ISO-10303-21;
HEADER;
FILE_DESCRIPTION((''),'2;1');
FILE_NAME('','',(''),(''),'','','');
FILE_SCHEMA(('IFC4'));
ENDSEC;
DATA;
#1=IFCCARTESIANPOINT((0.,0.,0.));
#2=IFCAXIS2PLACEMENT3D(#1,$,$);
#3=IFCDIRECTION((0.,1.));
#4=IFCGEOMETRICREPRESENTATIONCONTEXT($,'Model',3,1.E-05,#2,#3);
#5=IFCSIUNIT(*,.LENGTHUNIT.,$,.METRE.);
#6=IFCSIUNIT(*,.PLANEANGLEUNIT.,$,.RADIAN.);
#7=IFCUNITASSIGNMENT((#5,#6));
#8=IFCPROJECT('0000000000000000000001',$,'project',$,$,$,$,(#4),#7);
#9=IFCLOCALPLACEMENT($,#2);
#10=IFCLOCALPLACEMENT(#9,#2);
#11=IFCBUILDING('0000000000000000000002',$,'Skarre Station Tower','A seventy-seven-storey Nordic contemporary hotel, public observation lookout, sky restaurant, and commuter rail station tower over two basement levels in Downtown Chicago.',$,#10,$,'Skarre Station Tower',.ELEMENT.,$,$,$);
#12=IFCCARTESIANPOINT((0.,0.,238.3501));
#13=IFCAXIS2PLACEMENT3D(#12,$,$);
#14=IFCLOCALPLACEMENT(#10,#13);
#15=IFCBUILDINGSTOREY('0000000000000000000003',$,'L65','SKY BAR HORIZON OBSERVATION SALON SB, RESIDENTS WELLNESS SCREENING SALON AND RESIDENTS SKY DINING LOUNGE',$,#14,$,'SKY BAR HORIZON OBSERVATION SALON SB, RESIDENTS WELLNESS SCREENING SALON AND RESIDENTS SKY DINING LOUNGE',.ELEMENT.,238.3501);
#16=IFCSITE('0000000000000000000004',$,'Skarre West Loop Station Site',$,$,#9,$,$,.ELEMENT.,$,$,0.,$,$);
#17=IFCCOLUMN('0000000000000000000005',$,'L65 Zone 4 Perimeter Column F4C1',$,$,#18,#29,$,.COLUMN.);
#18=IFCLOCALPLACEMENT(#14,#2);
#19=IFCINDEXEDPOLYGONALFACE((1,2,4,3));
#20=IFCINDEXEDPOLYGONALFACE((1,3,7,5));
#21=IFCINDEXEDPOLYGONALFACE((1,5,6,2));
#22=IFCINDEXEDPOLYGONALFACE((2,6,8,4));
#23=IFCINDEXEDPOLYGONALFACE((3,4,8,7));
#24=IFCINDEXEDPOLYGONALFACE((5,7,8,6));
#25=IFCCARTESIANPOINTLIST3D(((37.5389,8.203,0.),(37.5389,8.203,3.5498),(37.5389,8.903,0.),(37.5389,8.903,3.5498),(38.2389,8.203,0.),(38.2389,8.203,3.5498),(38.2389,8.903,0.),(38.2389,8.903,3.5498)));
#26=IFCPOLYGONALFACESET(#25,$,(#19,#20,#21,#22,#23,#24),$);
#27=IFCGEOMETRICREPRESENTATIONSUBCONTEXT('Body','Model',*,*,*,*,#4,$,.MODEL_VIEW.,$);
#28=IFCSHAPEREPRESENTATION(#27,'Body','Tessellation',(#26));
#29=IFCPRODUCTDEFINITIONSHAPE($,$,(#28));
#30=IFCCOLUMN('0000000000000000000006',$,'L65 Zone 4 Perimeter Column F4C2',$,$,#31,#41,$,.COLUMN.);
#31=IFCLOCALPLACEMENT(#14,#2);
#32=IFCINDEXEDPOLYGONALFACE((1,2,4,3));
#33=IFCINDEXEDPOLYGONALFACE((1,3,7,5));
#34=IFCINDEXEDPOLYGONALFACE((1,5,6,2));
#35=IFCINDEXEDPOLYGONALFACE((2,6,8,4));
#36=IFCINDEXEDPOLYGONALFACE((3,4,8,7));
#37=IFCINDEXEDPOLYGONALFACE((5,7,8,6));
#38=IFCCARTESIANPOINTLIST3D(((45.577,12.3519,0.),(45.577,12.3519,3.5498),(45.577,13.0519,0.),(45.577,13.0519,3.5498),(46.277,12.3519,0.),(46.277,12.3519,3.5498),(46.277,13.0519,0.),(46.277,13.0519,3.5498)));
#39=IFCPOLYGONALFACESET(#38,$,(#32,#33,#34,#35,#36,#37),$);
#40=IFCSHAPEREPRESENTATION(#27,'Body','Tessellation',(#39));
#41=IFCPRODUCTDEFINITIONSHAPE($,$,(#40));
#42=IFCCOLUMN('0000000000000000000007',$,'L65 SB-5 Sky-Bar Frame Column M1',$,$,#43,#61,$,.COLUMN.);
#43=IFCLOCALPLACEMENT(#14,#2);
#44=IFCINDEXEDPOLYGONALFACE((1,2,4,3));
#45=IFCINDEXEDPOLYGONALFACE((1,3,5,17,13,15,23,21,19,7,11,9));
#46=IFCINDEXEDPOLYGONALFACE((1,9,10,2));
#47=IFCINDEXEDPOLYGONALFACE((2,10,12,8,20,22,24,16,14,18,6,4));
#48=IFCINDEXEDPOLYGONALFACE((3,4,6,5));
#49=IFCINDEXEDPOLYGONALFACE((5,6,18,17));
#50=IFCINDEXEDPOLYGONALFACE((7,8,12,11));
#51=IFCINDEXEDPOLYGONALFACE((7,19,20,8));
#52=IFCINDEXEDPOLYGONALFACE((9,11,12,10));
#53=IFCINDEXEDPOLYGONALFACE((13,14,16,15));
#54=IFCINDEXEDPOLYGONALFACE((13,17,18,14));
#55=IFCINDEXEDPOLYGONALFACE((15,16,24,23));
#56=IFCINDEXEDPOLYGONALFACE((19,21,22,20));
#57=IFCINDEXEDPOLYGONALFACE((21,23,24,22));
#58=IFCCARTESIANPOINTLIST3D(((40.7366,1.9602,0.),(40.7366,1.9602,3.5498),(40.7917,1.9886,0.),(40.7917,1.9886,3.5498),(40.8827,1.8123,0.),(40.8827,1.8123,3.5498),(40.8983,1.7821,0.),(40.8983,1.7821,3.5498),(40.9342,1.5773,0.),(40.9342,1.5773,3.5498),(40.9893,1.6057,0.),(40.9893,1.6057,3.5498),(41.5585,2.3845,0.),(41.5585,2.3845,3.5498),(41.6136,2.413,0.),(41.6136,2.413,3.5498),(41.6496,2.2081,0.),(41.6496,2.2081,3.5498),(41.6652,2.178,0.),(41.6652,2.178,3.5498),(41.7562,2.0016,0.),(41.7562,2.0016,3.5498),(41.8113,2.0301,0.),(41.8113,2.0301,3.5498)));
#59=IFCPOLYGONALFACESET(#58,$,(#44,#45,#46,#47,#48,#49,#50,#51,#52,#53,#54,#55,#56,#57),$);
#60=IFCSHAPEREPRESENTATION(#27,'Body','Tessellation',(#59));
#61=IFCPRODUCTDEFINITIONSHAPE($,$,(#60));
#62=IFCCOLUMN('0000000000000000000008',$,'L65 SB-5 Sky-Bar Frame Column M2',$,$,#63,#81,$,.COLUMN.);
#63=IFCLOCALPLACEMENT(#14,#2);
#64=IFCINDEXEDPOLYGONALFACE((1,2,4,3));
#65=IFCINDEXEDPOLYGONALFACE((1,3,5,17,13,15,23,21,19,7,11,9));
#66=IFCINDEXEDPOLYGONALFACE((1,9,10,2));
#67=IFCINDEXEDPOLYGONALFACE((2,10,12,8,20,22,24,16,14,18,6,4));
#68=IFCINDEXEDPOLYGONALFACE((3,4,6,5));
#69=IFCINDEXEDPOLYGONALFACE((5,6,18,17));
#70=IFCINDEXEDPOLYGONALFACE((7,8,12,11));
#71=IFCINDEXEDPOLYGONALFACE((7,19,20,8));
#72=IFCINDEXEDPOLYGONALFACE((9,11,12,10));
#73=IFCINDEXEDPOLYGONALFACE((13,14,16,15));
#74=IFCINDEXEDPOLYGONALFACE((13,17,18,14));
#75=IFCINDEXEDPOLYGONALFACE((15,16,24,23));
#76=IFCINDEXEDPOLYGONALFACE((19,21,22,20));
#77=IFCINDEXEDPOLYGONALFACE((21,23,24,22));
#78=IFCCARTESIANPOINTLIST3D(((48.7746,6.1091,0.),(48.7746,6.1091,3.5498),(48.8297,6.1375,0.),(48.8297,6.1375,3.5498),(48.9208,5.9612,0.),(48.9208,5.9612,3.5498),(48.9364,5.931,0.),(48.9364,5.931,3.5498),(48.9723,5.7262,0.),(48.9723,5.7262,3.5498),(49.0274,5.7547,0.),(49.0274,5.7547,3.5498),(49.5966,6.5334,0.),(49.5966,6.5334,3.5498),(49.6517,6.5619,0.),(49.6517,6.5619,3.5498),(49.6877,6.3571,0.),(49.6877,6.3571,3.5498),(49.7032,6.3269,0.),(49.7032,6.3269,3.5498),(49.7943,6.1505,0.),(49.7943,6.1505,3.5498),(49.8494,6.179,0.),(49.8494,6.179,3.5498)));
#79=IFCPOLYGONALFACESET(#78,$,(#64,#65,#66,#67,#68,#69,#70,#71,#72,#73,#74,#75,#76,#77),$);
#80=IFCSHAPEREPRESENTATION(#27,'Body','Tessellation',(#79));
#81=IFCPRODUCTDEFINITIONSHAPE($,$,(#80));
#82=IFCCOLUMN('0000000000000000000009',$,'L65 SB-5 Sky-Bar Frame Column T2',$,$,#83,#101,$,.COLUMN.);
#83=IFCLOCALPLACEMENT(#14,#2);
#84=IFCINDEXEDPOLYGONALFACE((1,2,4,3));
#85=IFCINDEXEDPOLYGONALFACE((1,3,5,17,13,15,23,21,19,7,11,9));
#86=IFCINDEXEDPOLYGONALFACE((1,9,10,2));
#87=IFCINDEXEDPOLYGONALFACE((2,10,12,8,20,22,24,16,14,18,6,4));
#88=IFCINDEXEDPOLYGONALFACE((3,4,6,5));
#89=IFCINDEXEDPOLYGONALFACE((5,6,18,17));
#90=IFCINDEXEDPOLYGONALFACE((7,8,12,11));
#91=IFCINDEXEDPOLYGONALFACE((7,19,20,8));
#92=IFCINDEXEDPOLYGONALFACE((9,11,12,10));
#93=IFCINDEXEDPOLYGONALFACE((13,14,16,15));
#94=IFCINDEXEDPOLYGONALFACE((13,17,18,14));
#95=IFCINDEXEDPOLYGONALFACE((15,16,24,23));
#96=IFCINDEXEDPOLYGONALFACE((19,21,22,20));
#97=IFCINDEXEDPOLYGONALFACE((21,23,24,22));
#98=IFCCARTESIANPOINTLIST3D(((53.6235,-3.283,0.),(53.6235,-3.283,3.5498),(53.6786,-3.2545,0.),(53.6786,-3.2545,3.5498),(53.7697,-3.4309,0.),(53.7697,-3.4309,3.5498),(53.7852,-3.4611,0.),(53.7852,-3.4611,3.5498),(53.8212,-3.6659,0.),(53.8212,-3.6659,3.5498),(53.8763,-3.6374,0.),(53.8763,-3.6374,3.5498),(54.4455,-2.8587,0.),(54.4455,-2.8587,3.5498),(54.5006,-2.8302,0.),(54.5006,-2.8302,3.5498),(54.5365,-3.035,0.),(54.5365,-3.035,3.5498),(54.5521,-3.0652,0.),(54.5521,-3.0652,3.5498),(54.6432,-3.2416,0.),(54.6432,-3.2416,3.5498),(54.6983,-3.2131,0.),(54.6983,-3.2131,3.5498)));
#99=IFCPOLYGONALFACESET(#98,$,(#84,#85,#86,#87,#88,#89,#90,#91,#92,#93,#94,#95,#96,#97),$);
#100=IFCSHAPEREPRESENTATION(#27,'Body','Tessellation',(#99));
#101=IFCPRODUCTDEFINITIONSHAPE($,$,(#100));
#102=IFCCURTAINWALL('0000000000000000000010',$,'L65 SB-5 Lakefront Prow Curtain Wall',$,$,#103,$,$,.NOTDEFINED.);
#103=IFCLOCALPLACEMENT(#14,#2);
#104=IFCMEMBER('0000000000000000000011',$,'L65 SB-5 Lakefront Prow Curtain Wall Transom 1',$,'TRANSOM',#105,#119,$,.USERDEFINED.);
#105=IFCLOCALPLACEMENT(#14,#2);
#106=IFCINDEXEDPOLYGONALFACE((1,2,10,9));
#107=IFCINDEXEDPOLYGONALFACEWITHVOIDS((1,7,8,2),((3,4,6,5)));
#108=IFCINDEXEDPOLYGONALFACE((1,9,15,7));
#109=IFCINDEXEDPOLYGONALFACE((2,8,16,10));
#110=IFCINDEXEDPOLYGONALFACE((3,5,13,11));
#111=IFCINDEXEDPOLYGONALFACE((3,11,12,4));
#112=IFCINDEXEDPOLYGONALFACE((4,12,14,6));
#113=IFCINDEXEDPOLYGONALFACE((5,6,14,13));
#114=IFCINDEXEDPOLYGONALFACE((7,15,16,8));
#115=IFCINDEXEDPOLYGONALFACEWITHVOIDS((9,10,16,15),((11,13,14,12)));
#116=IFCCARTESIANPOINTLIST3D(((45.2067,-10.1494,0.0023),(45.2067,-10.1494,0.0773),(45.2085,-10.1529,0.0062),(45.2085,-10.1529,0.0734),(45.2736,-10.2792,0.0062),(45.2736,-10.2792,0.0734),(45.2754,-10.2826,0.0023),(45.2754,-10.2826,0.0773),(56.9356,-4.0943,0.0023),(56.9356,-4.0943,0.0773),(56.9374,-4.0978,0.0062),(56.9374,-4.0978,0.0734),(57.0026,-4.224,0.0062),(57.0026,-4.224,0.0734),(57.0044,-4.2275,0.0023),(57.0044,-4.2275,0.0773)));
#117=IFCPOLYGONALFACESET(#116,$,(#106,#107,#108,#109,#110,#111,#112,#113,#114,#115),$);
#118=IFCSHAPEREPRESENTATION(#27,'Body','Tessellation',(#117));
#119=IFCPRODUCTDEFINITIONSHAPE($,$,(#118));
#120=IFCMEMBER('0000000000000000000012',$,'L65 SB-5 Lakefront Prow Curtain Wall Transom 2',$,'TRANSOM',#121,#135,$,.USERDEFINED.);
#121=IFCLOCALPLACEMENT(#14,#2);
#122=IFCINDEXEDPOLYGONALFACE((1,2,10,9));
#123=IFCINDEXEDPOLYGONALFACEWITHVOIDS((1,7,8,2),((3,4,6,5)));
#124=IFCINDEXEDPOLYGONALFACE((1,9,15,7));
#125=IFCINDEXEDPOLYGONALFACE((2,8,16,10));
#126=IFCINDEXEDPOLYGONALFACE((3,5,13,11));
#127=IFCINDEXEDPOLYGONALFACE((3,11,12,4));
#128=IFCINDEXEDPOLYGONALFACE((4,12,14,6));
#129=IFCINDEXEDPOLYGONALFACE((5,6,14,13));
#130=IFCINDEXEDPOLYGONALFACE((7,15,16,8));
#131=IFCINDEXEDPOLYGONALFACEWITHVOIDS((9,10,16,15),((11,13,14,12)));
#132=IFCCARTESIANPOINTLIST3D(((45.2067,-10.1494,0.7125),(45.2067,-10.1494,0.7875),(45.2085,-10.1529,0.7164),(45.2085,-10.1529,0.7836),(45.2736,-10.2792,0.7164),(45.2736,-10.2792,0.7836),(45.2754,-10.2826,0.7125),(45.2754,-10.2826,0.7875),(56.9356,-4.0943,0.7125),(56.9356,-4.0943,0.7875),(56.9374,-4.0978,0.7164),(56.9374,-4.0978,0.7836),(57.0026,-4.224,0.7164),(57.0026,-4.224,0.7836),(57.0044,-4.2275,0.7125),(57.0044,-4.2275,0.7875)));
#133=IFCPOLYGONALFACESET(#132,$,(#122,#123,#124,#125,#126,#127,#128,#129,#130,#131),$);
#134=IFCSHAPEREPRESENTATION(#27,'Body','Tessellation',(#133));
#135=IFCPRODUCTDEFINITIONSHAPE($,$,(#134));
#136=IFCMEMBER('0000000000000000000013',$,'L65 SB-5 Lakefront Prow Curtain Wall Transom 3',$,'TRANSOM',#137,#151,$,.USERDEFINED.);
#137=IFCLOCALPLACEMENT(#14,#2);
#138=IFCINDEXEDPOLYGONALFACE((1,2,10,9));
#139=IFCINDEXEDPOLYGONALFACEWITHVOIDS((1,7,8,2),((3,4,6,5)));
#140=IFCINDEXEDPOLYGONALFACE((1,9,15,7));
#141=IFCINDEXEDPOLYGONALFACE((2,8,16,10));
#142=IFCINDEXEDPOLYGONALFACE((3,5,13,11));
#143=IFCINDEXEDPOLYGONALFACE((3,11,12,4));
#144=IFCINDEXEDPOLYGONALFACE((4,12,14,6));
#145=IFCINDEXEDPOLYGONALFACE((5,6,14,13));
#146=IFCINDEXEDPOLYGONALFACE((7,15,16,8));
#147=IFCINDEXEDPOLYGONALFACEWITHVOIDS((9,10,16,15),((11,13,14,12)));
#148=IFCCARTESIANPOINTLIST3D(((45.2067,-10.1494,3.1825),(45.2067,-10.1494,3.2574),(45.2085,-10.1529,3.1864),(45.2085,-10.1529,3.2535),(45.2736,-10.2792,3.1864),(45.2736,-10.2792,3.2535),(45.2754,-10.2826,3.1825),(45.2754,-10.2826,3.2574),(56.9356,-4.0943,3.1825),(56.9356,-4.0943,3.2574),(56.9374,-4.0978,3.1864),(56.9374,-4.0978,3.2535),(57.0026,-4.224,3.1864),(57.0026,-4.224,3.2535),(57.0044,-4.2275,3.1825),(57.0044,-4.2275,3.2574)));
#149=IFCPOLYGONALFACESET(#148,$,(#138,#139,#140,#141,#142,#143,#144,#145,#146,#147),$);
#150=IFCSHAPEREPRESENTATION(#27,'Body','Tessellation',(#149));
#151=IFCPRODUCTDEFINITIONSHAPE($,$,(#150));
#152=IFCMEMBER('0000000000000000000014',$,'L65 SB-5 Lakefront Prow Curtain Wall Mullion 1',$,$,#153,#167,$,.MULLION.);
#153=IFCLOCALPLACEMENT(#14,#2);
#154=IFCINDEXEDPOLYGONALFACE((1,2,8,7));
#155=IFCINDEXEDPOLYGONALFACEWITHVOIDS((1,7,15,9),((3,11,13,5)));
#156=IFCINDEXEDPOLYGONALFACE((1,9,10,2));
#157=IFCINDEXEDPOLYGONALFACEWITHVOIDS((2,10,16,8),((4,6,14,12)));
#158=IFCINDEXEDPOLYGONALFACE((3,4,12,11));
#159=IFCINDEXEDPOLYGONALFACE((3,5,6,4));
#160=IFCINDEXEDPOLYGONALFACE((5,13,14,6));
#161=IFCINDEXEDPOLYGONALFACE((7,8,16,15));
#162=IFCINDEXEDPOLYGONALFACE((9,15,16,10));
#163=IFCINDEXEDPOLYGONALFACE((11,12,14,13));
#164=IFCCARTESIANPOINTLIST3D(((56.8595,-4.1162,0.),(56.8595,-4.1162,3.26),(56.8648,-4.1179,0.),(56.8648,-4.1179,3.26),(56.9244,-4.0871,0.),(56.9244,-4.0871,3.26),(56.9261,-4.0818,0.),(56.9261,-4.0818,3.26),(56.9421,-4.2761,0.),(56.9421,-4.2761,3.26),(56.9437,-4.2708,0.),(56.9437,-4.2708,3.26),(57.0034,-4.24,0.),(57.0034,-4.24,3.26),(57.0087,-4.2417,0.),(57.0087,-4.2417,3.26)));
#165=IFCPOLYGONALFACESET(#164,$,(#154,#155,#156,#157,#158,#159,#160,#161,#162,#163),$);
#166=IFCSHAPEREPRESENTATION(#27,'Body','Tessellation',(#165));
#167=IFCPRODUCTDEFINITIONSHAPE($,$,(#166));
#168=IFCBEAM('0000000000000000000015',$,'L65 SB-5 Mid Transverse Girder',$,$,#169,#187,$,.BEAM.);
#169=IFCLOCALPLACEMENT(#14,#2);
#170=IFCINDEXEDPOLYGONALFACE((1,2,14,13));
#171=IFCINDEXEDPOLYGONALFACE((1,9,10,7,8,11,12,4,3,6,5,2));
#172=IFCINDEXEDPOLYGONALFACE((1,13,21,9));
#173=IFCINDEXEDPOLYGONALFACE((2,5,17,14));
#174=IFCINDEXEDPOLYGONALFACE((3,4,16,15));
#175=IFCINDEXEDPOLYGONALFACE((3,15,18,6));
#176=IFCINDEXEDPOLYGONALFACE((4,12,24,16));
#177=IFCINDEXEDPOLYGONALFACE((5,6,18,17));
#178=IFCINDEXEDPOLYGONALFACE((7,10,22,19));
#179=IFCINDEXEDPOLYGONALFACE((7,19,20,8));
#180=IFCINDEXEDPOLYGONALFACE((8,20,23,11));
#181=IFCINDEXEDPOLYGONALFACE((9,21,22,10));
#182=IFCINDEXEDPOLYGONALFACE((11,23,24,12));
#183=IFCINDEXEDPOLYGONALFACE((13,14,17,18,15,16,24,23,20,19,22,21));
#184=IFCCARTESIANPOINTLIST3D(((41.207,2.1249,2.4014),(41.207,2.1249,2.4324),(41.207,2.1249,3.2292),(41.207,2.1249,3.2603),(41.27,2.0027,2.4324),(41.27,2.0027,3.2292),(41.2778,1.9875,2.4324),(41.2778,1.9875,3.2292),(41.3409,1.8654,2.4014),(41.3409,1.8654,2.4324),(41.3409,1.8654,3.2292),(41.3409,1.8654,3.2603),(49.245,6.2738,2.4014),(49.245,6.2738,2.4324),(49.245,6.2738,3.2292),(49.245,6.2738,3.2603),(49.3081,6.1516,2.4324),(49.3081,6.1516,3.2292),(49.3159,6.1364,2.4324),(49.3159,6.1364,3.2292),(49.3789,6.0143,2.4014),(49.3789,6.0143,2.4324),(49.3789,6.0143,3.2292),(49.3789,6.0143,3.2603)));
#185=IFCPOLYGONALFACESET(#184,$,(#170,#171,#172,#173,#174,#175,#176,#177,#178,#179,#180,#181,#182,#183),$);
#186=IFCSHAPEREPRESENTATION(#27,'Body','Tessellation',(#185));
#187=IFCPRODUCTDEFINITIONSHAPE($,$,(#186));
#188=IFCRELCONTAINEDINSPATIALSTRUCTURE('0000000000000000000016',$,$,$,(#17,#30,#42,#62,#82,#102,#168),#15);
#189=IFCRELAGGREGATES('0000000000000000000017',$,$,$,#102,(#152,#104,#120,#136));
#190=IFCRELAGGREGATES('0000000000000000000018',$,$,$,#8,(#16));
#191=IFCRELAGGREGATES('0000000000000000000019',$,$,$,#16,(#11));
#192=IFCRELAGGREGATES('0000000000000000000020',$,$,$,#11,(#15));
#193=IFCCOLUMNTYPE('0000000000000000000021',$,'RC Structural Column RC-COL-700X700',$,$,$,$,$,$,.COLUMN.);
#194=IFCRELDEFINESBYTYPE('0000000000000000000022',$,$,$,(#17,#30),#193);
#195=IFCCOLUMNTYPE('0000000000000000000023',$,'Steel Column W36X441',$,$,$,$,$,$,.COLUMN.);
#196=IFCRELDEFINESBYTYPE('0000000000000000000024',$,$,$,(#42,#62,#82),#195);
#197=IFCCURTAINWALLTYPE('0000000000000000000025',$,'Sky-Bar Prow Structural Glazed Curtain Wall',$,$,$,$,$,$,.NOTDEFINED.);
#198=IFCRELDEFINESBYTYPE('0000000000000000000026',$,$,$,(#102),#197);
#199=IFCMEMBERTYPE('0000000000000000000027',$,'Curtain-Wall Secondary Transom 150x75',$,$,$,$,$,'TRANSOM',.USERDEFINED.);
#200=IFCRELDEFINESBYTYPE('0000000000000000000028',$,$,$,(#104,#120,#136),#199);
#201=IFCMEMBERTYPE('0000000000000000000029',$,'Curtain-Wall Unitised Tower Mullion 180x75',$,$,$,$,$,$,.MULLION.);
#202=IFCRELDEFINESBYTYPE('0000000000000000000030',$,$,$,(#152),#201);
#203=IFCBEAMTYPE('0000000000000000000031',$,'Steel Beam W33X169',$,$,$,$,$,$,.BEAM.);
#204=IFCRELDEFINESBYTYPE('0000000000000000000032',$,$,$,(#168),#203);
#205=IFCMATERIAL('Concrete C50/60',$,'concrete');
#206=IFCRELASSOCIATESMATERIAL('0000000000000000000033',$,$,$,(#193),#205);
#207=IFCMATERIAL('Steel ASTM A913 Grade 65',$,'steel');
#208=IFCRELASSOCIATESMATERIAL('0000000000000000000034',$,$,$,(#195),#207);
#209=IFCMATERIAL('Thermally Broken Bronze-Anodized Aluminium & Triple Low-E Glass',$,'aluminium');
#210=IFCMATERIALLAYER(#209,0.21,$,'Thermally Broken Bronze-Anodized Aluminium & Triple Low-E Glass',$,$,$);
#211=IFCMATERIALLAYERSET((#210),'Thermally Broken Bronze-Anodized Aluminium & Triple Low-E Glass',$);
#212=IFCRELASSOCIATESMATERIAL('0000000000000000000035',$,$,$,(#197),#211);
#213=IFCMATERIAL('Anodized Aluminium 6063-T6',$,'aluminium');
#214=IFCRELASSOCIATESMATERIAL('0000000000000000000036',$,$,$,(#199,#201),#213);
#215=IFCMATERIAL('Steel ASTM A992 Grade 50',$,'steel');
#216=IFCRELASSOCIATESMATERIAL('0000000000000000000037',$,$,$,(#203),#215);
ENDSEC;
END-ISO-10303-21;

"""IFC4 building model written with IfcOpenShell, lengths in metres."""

from ifc_helpers import new_model, si_unit, direction, frame, origin, origin_2d, place, context, subcontext, project, spatial, rectangle, hollow_rectangle, i_section, extrude, material, layer, layer_set, material_profile, profile_set, type_object, element, aggregate, save


model = new_model("IFC4")

# Units and contexts
model_context = context("Model", 3, precision=1e-05, world=origin(), true_north=direction((0.0, 1.0)))
body_context = subcontext(model_context, "Body", "Model", "MODEL_VIEW")
ifc_project = project(units=[si_unit("LENGTHUNIT", "METRE"), si_unit("PLANEANGLEUNIT", "RADIAN")], contexts=[model_context])

# Site, building, storey
site_placement = place(None, origin())
site = spatial("IfcSite", under=ifc_project, at=site_placement, Name="Skarre West Loop Station Site", CompositionType="ELEMENT", RefElevation=0.0)
building_placement = place(site_placement, origin())
building = spatial("IfcBuilding", under=site, at=building_placement, Name="Skarre Station Tower", Description="A seventy-seven-storey Nordic contemporary hotel, public observation lookout, sky restaurant, and commuter rail station tower over two basement levels in Downtown Chicago.", LongName="Skarre Station Tower", CompositionType="ELEMENT")
storey_placement = place(building_placement, frame((0.0, 0.0, 238.3501)))
storey = spatial("IfcBuildingStorey", under=building, at=storey_placement, Name="L65", Description="SKY BAR HORIZON OBSERVATION SALON SB, RESIDENTS WELLNESS SCREENING SALON AND RESIDENTS SKY DINING LOUNGE", LongName="SKY BAR HORIZON OBSERVATION SALON SB, RESIDENTS WELLNESS SCREENING SALON AND RESIDENTS SKY DINING LOUNGE", CompositionType="ELEMENT", Elevation=238.3501)

# Columns
ifc_material_1 = material(Name="Concrete C50/60", Category="concrete")
ifc_material_profile_1 = material_profile(ifc_material_1, rectangle(XDim=0.7, YDim=0.7, at=origin_2d()), Name="Concrete C50/60")
ifc_profile_set_1 = profile_set([ifc_material_profile_1], Name="Concrete C50/60")
column_type_1 = type_object("IfcColumnType", Name="RC Structural Column RC-COL-700X700", PredefinedType="COLUMN", material=ifc_profile_set_1)
for number, where, z_axis, x_axis, name in (
    (1, (37.8889, 8.553, 0.0), (0.0, 0.0, 1.0), (1.0, 0.0, 0.0), "L65 Zone 4 Perimeter Column F4C1"),
    (2, (45.927, 12.7019, 0.0), (0.0, 0.0, 1.0), (1.0, 0.0, 0.0), "L65 Zone 4 Perimeter Column F4C2"),
):
    element("IfcColumn", number, at=place(storey_placement, frame(where, z_axis=z_axis, x_axis=x_axis)), inside=storey, type_object=column_type_1, Name=name, PredefinedType="COLUMN", context=body_context, shape_type="SweptSolid", body=[
        extrude(rectangle(XDim=0.7, YDim=0.7, at=origin_2d()), origin(), (0.0, 0.0, 1.0), 3.5498),
    ])
ifc_material_2 = material(Name="Steel ASTM A913 Grade 65", Category="steel")
ifc_material_profile_2 = material_profile(ifc_material_2, i_section(OverallWidth=0.4309, OverallDepth=0.9871, WebThickness=0.0339, FlangeThickness=0.062, at=origin_2d()), Name="Steel ASTM A913 Grade 65")
ifc_profile_set_2 = profile_set([ifc_material_profile_2], Name="Steel ASTM A913 Grade 65")
column_type_2 = type_object("IfcColumnType", Name="Steel Column W36X441", PredefinedType="COLUMN", material=ifc_profile_set_2)
for number, where, z_axis, x_axis, name in (
    (3, (41.2739, 1.9951, 0.0), (0.0, 0.0, 1.0), (0.458712, -0.888585, 0.0), "L65 SB-5 Sky-Bar Frame Column M1"),
    (4, (49.312, 6.144, 0.0), (0.0, 0.0, 1.0), (0.458712, -0.888585, 0.0), "L65 SB-5 Sky-Bar Frame Column M2"),
    (5, (54.1609, -3.248, 0.0), (0.0, 0.0, 1.0), (0.458712, -0.888585, 0.0), "L65 SB-5 Sky-Bar Frame Column T2"),
):
    element("IfcColumn", number, at=place(storey_placement, frame(where, z_axis=z_axis, x_axis=x_axis)), inside=storey, type_object=column_type_2, Name=name, PredefinedType="COLUMN", context=body_context, shape_type="SweptSolid", body=[
        extrude(i_section(OverallWidth=0.4309, OverallDepth=0.9871, WebThickness=0.0339, FlangeThickness=0.062, at=origin_2d()), origin(), (0.0, 0.0, 1.0), 3.5498),
    ])

# Curtain wall, members
ifc_material_3 = material(Name="Thermally Broken Bronze-Anodized Aluminium & Triple Low-E Glass", Category="aluminium")
ifc_layer_1 = layer(ifc_material_3, 0.21, Name="Thermally Broken Bronze-Anodized Aluminium & Triple Low-E Glass")
ifc_layer_set_1 = layer_set([ifc_layer_1], Name="Thermally Broken Bronze-Anodized Aluminium & Triple Low-E Glass")
curtain_wall_type = type_object("IfcCurtainWallType", Name="Sky-Bar Prow Structural Glazed Curtain Wall", PredefinedType="NOTDEFINED", material=ifc_layer_set_1)
curtain_wall_placement = place(storey_placement, origin())
curtain_wall = element("IfcCurtainWall", 6, at=curtain_wall_placement, inside=storey, type_object=curtain_wall_type, Name="L65 SB-5 Lakefront Prow Curtain Wall", PredefinedType="NOTDEFINED")
ifc_material_4 = material(Name="Anodized Aluminium 6063-T6", Category="aluminium")
ifc_material_profile_3 = material_profile(ifc_material_4, hollow_rectangle(XDim=0.075, YDim=0.1499, WallThickness=0.0039, at=origin_2d()), Name="Anodized Aluminium 6063-T6")
ifc_profile_set_3 = profile_set([ifc_material_profile_3], Name="Anodized Aluminium 6063-T6")
member_type_1 = type_object("IfcMemberType", Name="Curtain-Wall Secondary Transom 150x75", ElementType="TRANSOM", PredefinedType="USERDEFINED", material=ifc_profile_set_3)
member_1_placement = place(storey_placement, frame((56.97, -4.1609, 0.0398), z_axis=(-0.888574, -0.458732, 0.0), x_axis=(0.0, 0.0, 1.0)))
member_1 = element("IfcMember", 7, at=member_1_placement, type_object=member_type_1, Name="L65 SB-5 Lakefront Prow Curtain Wall Transom 1", ObjectType="TRANSOM", PredefinedType="USERDEFINED", context=body_context, shape_type="SweptSolid", body=[
    extrude(hollow_rectangle(XDim=0.075, YDim=0.1499, WallThickness=0.0039, at=origin_2d()), origin(), (0.0, 0.0, 1.0), 13.1997),
])
member_2_placement = place(storey_placement, frame((56.97, -4.1609, 0.75), z_axis=(-0.888574, -0.458732, 0.0), x_axis=(0.0, 0.0, 1.0)))
member_2 = element("IfcMember", 8, at=member_2_placement, type_object=member_type_1, Name="L65 SB-5 Lakefront Prow Curtain Wall Transom 2", ObjectType="TRANSOM", PredefinedType="USERDEFINED", context=body_context, shape_type="SweptSolid", body=[
    extrude(hollow_rectangle(XDim=0.075, YDim=0.1499, WallThickness=0.0039, at=origin_2d()), origin(), (0.0, 0.0, 1.0), 13.1997),
])
member_3_placement = place(storey_placement, frame((56.97, -4.1609, 3.22), z_axis=(-0.888574, -0.458732, 0.0), x_axis=(0.0, 0.0, 1.0)))
member_3 = element("IfcMember", 9, at=member_3_placement, type_object=member_type_1, Name="L65 SB-5 Lakefront Prow Curtain Wall Transom 3", ObjectType="TRANSOM", PredefinedType="USERDEFINED", context=body_context, shape_type="SweptSolid", body=[
    extrude(hollow_rectangle(XDim=0.075, YDim=0.1499, WallThickness=0.0039, at=origin_2d()), origin(), (0.0, 0.0, 1.0), 13.1997),
])
ifc_material_profile_4 = material_profile(ifc_material_4, hollow_rectangle(XDim=0.075, YDim=0.1799, WallThickness=0.0039, at=origin_2d()), Name="Anodized Aluminium 6063-T6")
ifc_profile_set_4 = profile_set([ifc_material_profile_4], Name="Anodized Aluminium 6063-T6")
member_type_2 = type_object("IfcMemberType", Name="Curtain-Wall Unitised Tower Mullion 180x75", PredefinedType="MULLION", material=ifc_profile_set_4)
member_4_placement = place(storey_placement, frame((56.9341, -4.179, 0.0), z_axis=(0.0, 0.0, 1.0), x_axis=(-0.888577, -0.458727, 0.0)))
member_4 = element("IfcMember", 10, at=member_4_placement, type_object=member_type_2, Name="L65 SB-5 Lakefront Prow Curtain Wall Mullion 1", PredefinedType="MULLION", context=body_context, shape_type="SweptSolid", body=[
    extrude(hollow_rectangle(XDim=0.075, YDim=0.1799, WallThickness=0.0039, at=origin_2d()), origin(), (0.0, 0.0, 1.0), 3.26),
])

# Beam
ifc_material_5 = material(Name="Steel ASTM A992 Grade 50", Category="steel")
ifc_material_profile_5 = material_profile(ifc_material_5, i_section(OverallWidth=0.292, OverallDepth=0.8589, WebThickness=0.0171, FlangeThickness=0.031, at=origin_2d()), Name="Steel ASTM A992 Grade 50")
ifc_profile_set_5 = profile_set([ifc_material_profile_5], Name="Steel ASTM A992 Grade 50")
beam_type_1 = type_object("IfcBeamType", Name="Steel Beam W33X169", PredefinedType="BEAM", material=ifc_profile_set_5)
beam_1_placement = place(storey_placement, frame((41.2739, 1.9951, 2.8308), z_axis=(0.88861, 0.458664, 0.0), x_axis=(-0.458664, 0.88861, 0.0)))
element("IfcBeam", 11, at=beam_1_placement, inside=storey, type_object=beam_type_1, Name="L65 SB-5 Mid Transverse Girder", PredefinedType="BEAM", context=body_context, shape_type="SweptSolid", body=[
    extrude(i_section(OverallWidth=0.292, OverallDepth=0.8589, WebThickness=0.0171, FlangeThickness=0.031, at=origin_2d()), origin(), (0.0, 0.0, 1.0), 9.0457),
])

aggregate(curtain_wall, [member_4, member_1, member_2, member_3])

save(model, "model.ifc")
